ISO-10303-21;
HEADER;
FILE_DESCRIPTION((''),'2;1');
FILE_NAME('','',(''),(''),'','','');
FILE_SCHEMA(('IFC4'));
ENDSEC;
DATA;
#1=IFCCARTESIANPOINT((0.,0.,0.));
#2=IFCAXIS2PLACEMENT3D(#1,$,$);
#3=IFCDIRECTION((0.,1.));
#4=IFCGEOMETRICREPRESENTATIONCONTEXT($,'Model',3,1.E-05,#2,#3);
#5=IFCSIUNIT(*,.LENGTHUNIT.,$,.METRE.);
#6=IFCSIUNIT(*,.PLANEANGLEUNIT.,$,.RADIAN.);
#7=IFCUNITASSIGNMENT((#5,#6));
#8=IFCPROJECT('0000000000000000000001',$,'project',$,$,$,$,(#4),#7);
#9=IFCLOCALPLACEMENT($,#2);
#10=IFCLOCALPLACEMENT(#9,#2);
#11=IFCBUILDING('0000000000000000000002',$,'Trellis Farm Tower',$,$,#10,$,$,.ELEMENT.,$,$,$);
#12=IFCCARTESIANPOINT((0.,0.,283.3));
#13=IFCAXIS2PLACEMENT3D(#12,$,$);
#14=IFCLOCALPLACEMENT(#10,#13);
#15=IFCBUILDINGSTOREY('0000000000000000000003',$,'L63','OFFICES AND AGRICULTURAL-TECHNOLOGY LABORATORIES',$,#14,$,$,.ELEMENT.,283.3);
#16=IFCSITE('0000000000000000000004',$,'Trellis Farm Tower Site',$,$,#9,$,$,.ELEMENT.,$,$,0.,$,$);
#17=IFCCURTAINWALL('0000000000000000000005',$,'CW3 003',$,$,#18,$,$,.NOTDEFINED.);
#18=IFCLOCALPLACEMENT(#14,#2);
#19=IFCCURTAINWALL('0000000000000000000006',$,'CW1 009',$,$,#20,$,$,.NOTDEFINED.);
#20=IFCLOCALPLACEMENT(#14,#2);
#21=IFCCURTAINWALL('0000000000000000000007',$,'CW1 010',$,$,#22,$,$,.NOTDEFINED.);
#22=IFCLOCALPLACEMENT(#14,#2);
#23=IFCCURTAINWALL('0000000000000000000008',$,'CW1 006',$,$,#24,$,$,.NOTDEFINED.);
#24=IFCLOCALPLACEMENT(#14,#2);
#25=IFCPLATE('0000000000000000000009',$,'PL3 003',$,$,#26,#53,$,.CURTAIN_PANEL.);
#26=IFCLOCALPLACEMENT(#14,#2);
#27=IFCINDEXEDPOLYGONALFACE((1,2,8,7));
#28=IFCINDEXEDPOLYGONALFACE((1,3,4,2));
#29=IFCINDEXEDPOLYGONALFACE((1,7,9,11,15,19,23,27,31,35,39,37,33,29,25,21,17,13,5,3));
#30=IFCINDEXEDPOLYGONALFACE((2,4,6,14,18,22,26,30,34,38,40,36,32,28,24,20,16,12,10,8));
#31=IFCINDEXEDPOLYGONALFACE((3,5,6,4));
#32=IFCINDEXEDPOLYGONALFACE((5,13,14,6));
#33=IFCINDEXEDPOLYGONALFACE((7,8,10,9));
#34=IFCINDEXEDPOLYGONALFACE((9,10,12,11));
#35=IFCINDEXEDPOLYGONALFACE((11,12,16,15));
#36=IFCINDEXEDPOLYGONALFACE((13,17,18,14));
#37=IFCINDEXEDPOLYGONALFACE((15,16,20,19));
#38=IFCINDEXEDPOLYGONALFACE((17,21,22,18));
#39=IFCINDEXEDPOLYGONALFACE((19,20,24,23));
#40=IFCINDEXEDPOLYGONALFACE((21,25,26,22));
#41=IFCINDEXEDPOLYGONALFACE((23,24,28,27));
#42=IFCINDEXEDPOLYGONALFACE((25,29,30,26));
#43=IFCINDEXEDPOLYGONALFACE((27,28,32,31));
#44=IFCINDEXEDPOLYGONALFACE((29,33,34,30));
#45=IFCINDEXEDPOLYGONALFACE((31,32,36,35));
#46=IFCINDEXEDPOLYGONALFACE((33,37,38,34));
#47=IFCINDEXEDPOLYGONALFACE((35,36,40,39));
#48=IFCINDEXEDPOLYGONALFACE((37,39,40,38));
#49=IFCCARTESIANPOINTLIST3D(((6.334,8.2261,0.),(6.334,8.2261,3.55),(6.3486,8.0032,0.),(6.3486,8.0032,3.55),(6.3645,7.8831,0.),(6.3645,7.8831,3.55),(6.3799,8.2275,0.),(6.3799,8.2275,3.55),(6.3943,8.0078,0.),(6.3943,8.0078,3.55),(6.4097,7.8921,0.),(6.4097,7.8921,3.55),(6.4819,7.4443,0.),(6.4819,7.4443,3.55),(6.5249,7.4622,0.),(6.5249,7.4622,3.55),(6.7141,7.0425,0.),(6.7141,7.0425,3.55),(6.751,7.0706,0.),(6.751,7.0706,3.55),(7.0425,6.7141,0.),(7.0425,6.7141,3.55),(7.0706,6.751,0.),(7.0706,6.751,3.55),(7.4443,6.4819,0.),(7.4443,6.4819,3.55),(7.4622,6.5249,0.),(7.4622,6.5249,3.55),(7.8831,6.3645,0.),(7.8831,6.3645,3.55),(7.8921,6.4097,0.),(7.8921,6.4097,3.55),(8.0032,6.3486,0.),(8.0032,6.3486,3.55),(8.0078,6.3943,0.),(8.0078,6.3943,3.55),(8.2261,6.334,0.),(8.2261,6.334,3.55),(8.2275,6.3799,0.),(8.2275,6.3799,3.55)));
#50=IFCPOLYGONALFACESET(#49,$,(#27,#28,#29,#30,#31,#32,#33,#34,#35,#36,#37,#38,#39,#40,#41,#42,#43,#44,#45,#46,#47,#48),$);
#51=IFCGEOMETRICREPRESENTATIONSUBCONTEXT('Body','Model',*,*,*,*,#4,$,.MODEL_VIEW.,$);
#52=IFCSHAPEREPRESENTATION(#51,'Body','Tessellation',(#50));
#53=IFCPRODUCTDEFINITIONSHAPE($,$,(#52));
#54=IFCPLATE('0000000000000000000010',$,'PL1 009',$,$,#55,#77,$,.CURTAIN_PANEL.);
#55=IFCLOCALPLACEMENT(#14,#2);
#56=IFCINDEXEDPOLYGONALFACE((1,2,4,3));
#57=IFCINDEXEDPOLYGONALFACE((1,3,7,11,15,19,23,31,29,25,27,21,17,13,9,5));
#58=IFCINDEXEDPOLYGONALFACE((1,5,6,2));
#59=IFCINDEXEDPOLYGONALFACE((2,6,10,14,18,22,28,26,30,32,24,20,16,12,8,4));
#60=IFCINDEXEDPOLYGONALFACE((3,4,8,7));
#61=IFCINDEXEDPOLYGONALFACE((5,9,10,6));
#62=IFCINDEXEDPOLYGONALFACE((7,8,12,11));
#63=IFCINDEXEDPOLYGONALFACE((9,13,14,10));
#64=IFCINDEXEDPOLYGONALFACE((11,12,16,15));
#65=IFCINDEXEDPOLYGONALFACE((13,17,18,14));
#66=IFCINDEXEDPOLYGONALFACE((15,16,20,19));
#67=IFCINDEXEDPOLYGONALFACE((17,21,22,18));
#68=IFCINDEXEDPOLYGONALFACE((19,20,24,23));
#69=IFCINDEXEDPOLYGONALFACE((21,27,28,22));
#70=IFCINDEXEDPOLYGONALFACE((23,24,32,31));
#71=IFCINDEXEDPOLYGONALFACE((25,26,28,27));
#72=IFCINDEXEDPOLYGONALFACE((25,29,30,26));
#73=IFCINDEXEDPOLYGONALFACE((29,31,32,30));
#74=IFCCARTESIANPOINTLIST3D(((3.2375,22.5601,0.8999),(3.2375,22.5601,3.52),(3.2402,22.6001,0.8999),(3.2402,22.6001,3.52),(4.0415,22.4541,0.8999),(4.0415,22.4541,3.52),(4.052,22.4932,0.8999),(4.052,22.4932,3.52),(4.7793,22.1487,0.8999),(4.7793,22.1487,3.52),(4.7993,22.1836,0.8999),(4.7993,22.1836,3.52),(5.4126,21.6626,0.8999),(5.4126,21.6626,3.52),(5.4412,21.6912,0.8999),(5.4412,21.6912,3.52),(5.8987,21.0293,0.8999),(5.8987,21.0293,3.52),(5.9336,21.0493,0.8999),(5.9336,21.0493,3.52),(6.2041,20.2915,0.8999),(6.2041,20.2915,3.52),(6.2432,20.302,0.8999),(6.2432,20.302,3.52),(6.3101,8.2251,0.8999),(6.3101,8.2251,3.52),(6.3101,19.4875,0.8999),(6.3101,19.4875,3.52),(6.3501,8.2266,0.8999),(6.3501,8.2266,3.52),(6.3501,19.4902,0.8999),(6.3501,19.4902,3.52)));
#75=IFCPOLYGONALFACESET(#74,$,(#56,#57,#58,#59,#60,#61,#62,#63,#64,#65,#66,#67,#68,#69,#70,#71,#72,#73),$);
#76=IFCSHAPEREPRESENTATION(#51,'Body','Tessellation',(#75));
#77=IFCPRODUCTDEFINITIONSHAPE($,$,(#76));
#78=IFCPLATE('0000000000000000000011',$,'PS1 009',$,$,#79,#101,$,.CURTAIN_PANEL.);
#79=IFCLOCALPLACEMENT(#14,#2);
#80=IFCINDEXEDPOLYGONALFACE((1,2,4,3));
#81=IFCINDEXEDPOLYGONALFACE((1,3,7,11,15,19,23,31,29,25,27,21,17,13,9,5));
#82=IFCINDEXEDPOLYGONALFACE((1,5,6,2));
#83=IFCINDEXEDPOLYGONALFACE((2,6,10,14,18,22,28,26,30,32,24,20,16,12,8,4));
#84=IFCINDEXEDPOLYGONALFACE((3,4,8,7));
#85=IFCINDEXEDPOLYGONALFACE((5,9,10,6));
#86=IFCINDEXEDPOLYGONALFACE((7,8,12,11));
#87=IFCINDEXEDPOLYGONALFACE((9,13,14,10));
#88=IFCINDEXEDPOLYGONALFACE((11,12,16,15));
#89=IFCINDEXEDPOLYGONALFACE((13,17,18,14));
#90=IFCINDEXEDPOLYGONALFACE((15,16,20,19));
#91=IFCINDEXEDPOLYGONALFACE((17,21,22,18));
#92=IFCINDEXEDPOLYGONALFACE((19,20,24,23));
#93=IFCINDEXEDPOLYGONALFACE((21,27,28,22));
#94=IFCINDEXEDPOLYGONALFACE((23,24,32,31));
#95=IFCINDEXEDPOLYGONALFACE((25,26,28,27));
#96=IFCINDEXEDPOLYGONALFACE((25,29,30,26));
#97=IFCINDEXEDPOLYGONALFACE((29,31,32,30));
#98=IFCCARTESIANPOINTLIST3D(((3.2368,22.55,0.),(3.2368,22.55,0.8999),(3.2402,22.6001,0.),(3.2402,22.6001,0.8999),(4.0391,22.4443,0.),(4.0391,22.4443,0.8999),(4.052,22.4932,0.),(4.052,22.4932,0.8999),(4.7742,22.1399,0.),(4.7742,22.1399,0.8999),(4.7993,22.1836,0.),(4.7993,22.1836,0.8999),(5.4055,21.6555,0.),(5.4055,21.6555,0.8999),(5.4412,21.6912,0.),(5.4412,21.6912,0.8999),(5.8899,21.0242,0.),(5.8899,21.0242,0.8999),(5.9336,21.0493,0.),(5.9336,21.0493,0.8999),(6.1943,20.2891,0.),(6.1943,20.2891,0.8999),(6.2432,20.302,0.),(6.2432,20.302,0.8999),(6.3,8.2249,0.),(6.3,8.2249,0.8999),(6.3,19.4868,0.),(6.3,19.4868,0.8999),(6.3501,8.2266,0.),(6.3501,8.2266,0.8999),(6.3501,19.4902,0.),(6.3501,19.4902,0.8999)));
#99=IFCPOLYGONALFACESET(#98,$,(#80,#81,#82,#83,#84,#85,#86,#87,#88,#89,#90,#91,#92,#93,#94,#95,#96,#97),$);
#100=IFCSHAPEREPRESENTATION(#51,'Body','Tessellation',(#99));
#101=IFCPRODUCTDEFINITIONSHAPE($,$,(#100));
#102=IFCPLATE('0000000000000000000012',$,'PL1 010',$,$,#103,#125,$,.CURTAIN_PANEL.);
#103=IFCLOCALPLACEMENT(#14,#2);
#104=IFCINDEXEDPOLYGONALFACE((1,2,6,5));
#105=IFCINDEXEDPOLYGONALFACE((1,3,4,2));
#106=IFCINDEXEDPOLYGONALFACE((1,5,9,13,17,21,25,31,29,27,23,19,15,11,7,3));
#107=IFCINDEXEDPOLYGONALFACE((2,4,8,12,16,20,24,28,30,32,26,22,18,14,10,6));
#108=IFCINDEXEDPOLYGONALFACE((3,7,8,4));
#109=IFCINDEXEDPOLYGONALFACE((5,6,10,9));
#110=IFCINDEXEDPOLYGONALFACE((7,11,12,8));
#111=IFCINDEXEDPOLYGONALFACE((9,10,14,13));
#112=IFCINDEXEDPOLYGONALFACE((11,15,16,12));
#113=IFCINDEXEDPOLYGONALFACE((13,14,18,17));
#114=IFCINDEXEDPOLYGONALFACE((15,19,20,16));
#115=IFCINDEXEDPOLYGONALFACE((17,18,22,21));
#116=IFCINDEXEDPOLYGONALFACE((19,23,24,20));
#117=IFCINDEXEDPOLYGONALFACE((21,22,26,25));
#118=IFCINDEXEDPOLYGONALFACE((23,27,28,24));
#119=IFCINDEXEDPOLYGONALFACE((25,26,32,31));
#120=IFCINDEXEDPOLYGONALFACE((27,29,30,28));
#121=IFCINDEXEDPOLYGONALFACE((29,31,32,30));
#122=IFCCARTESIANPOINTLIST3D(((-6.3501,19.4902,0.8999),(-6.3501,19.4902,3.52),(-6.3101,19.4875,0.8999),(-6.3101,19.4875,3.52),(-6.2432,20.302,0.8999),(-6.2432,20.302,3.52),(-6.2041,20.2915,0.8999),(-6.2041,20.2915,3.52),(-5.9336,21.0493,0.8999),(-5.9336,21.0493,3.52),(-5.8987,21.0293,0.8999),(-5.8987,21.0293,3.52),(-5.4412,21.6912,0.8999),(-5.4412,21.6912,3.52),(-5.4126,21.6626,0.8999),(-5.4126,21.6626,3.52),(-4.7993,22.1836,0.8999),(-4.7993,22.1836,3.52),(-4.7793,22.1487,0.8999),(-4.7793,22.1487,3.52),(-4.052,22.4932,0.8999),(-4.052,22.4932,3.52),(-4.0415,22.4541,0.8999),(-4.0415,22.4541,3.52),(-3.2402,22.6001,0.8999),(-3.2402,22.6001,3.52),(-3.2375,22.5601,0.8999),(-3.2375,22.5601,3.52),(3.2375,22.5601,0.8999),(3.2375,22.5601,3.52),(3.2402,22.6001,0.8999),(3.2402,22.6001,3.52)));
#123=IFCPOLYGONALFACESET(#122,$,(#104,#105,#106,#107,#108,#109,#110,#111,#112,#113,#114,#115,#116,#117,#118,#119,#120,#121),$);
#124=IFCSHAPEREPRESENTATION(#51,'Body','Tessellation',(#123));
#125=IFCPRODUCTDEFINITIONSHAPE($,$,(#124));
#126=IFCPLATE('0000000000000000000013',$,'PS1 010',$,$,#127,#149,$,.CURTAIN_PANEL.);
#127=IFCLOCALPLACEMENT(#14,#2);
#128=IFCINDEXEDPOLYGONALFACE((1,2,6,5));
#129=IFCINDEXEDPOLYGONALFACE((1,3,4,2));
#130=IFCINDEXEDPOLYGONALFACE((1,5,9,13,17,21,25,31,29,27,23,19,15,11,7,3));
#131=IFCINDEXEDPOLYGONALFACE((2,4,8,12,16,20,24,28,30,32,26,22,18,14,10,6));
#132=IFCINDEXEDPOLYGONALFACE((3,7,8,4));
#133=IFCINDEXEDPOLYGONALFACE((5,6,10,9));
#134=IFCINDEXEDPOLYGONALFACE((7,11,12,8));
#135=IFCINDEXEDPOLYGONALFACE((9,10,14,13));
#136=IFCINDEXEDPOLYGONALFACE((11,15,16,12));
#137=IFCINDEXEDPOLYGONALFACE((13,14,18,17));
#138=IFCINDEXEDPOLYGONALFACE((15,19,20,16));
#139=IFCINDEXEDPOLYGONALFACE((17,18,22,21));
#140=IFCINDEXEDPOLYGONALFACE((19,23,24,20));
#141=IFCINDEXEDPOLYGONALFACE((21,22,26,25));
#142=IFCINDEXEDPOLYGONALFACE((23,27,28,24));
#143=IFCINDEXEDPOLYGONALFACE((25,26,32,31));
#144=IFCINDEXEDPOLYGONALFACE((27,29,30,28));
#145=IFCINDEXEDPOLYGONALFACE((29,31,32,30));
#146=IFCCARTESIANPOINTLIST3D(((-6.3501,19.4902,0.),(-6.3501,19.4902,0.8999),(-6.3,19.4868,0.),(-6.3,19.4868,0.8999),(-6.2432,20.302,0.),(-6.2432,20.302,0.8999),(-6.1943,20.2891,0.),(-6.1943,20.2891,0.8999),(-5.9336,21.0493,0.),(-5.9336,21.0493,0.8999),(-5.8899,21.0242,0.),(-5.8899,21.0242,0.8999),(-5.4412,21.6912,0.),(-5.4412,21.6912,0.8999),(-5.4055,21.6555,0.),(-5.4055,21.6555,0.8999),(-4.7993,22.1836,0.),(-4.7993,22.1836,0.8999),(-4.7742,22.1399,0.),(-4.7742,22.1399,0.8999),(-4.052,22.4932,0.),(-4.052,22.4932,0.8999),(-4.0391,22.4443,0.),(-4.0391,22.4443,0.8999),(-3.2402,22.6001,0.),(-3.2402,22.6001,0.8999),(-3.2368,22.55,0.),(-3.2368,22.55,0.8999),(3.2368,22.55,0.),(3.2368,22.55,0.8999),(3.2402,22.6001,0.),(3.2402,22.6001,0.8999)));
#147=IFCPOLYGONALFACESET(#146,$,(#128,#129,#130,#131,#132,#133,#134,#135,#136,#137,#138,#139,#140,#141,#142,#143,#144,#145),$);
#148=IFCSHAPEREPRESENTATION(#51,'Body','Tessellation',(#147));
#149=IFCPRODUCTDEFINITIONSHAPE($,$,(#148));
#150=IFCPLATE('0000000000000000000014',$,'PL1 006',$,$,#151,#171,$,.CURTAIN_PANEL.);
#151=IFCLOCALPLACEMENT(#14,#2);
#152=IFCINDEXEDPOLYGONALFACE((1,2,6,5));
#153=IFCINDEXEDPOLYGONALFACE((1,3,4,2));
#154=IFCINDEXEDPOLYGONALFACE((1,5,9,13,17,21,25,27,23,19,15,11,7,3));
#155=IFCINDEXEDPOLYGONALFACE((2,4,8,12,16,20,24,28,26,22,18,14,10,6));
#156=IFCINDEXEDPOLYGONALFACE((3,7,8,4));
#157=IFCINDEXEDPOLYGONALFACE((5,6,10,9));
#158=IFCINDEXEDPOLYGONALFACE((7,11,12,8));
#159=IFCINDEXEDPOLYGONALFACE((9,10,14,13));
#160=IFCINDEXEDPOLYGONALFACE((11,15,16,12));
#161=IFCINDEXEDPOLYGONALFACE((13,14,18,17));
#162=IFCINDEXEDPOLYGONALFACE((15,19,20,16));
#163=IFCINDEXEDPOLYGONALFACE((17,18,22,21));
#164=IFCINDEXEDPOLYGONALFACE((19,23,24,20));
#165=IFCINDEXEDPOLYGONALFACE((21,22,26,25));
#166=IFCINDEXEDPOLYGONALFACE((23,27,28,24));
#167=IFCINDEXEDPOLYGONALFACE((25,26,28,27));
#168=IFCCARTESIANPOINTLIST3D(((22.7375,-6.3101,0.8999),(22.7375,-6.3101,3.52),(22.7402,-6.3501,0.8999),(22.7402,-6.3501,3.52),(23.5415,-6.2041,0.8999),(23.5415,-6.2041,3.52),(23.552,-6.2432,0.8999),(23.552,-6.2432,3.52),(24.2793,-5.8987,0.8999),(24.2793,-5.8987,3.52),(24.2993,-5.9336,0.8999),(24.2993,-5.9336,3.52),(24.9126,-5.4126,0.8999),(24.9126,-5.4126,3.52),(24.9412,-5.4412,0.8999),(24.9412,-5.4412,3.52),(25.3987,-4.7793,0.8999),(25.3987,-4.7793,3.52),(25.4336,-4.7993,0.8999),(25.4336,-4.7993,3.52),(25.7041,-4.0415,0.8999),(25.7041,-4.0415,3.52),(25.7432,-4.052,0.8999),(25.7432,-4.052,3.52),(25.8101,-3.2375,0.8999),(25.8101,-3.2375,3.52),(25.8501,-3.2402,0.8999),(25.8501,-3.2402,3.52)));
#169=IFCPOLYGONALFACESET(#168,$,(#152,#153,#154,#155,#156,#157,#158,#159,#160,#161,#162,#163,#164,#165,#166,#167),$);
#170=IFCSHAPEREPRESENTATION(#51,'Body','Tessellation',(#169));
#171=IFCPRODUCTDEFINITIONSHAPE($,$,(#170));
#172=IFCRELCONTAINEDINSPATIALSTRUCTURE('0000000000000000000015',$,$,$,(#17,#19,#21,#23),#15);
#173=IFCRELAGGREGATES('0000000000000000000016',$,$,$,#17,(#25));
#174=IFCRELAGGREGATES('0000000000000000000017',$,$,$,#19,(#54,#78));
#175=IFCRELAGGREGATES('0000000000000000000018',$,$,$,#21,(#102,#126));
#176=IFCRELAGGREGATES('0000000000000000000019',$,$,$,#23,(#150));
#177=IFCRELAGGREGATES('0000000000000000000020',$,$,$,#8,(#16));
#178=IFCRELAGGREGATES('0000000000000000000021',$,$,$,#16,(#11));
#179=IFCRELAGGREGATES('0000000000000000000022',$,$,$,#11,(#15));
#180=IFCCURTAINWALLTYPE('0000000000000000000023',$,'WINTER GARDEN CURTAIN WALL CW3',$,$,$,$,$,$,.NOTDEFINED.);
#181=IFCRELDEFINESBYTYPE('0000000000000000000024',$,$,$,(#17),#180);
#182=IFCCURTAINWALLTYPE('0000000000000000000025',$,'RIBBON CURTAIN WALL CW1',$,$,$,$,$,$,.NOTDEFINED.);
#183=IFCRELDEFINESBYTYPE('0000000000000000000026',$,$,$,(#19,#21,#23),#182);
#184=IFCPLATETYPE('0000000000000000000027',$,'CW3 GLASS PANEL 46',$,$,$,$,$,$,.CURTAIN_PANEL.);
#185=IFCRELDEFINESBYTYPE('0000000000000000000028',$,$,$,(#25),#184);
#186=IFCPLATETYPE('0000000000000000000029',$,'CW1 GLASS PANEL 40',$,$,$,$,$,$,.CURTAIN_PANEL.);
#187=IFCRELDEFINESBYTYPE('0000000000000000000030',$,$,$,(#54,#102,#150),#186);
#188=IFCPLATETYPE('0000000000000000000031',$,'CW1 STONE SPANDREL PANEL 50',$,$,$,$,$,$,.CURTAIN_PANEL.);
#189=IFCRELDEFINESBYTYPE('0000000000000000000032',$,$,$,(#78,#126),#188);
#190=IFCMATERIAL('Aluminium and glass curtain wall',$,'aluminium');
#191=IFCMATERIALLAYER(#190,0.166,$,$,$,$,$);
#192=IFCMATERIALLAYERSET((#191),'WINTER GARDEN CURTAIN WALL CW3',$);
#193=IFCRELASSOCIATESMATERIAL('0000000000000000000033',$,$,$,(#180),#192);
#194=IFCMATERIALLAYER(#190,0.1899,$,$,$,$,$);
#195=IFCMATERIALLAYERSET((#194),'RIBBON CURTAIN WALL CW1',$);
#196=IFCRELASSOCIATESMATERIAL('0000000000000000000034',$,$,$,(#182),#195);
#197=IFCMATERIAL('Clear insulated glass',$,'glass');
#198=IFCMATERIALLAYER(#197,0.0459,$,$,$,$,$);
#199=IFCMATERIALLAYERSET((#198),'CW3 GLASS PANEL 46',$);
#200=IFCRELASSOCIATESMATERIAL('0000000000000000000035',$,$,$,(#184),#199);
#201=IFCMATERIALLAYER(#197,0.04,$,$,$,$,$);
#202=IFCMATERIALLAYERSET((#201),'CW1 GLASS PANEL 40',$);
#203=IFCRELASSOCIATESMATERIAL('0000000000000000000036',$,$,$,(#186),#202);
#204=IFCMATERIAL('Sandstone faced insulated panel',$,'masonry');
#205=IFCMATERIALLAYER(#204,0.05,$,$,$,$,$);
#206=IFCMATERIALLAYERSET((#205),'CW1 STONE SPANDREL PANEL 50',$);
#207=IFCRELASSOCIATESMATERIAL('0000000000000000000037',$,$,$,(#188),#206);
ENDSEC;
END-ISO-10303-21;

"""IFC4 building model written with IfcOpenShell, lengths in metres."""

from ifc_helpers import new_model, si_unit, direction, frame, origin, place, context, subcontext, project, spatial, polyline, outline, extrude, source, transform, mapped, material, layer, layer_set, type_object, element, aggregate, save


model = new_model("IFC4")

# Units and contexts
model_context = context("Model", 3, precision=1e-05, world=origin(), true_north=direction((0.0, 1.0)))
body_context = subcontext(model_context, "Body", "Model", "MODEL_VIEW")
ifc_project = project(units=[si_unit("LENGTHUNIT", "METRE"), si_unit("PLANEANGLEUNIT", "RADIAN")], contexts=[model_context])

# Site, building, storey
site_placement = place(None, origin())
site = spatial("IfcSite", under=ifc_project, at=site_placement, Name="Trellis Farm Tower Site", CompositionType="ELEMENT", RefElevation=0.0)
building_placement = place(site_placement, origin())
building = spatial("IfcBuilding", under=site, at=building_placement, Name="Trellis Farm Tower", CompositionType="ELEMENT")
storey_placement = place(building_placement, frame((0.0, 0.0, 283.3)))
storey = spatial("IfcBuildingStorey", under=building, at=storey_placement, Name="L63", Description="OFFICES AND AGRICULTURAL-TECHNOLOGY LABORATORIES", CompositionType="ELEMENT", Elevation=283.3)

# Curtain walls
ifc_material_1 = material(Name="Aluminium and glass curtain wall", Category="aluminium")
ifc_layer_1 = layer(ifc_material_1, 0.166)
ifc_layer_set_1 = layer_set([ifc_layer_1], Name="WINTER GARDEN CURTAIN WALL CW3")
curtain_wall_type_1 = type_object("IfcCurtainWallType", Name="WINTER GARDEN CURTAIN WALL CW3", PredefinedType="NOTDEFINED", material=ifc_layer_set_1)
placement_1 = place(storey_placement, origin())
curtain_wall_1 = element("IfcCurtainWall", 1, at=placement_1, inside=storey, type_object=curtain_wall_type_1, Name="CW3 003", PredefinedType="NOTDEFINED")
ifc_layer_2 = layer(ifc_material_1, 0.1899)
ifc_layer_set_2 = layer_set([ifc_layer_2], Name="RIBBON CURTAIN WALL CW1")
curtain_wall_type_2 = type_object("IfcCurtainWallType", Name="RIBBON CURTAIN WALL CW1", PredefinedType="NOTDEFINED", material=ifc_layer_set_2)
curtain_wall_2 = element("IfcCurtainWall", 2, at=placement_1, inside=storey, type_object=curtain_wall_type_2, Name="CW1 009", PredefinedType="NOTDEFINED")
curtain_wall_3 = element("IfcCurtainWall", 3, at=placement_1, inside=storey, type_object=curtain_wall_type_2, Name="CW1 010", PredefinedType="NOTDEFINED")
curtain_wall_4 = element("IfcCurtainWall", 4, at=placement_1, inside=storey, type_object=curtain_wall_type_2, Name="CW1 006", PredefinedType="NOTDEFINED")

# Plates
ifc_material_2 = material(Name="Clear insulated glass", Category="glass")
ifc_layer_3 = layer(ifc_material_2, 0.0459)
ifc_layer_set_3 = layer_set([ifc_layer_3], Name="CW3 GLASS PANEL 46")
plate_type_1 = type_object("IfcPlateType", Name="CW3 GLASS PANEL 46", PredefinedType="CURTAIN_PANEL", material=ifc_layer_set_3)
shared_shape_1 = source(origin(), body_context, "Body", "SweptSolid", [
    extrude(outline(polyline([(8.2275, 6.3799), (8.0078, 6.3943), (7.8921, 6.4097), (7.4622, 6.5249), (7.0706, 6.751), (6.751, 7.0706), (6.5249, 7.4622), (6.4097, 7.8921), (6.3943, 8.0078), (6.3799, 8.2275), (6.334, 8.2261), (6.3486, 8.0032), (6.3645, 7.8831), (6.4819, 7.4443), (6.7141, 7.0425), (7.0425, 6.7141), (7.4443, 6.4819), (7.8831, 6.3645), (8.0032, 6.3486), (8.2261, 6.334), (8.2275, 6.3799)])), origin(), (0.0, 0.0, 1.0), 3.55),
])
plate_1 = element("IfcPlate", 5, at=placement_1, type_object=plate_type_1, Name="PL3 003", PredefinedType="CURTAIN_PANEL", context=body_context, shape_type="MappedRepresentation", body=[
    mapped(shared_shape_1, transform((0.0, 0.0, 0.0))),
])
aggregate(curtain_wall_1, [plate_1])
ifc_layer_4 = layer(ifc_material_2, 0.04)
ifc_layer_set_4 = layer_set([ifc_layer_4], Name="CW1 GLASS PANEL 40")
plate_type_2 = type_object("IfcPlateType", Name="CW1 GLASS PANEL 40", PredefinedType="CURTAIN_PANEL", material=ifc_layer_set_4)
shared_shape_2 = source(origin(), body_context, "Body", "SweptSolid", [
    extrude(outline(polyline([(6.3501, 8.2266), (6.3501, 19.4902), (6.2432, 20.302), (5.9336, 21.0493), (5.4412, 21.6912), (4.7993, 22.1836), (4.052, 22.4932), (3.2402, 22.6001), (3.2375, 22.5601), (4.0415, 22.4541), (4.7793, 22.1487), (5.4126, 21.6626), (5.8987, 21.0293), (6.2041, 20.2915), (6.3101, 19.4875), (6.3101, 8.2251), (6.3501, 8.2266)])), origin(), (0.0, 0.0, 1.0), 2.6201),
])
placement_2 = place(storey_placement, frame((0.0, 0.0, 0.8999)))
plate_2 = element("IfcPlate", 6, at=placement_2, type_object=plate_type_2, Name="PL1 009", PredefinedType="CURTAIN_PANEL", context=body_context, shape_type="MappedRepresentation", body=[
    mapped(shared_shape_2, transform((0.0, 0.0, 0.0))),
])
ifc_material_3 = material(Name="Sandstone faced insulated panel", Category="masonry")
ifc_layer_5 = layer(ifc_material_3, 0.05)
ifc_layer_set_5 = layer_set([ifc_layer_5], Name="CW1 STONE SPANDREL PANEL 50")
plate_type_3 = type_object("IfcPlateType", Name="CW1 STONE SPANDREL PANEL 50", PredefinedType="CURTAIN_PANEL", material=ifc_layer_set_5)
shared_shape_3 = source(origin(), body_context, "Body", "SweptSolid", [
    extrude(outline(polyline([(6.3501, 8.2266), (6.3501, 19.4902), (6.2432, 20.302), (5.9336, 21.0493), (5.4412, 21.6912), (4.7993, 22.1836), (4.052, 22.4932), (3.2402, 22.6001), (3.2368, 22.55), (4.0391, 22.4443), (4.7742, 22.1399), (5.4055, 21.6555), (5.8899, 21.0242), (6.1943, 20.2891), (6.3, 19.4868), (6.3, 8.2249), (6.3501, 8.2266)])), origin(), (0.0, 0.0, 1.0), 0.8999),
])
plate_3 = element("IfcPlate", 7, at=placement_1, type_object=plate_type_3, Name="PS1 009", PredefinedType="CURTAIN_PANEL", context=body_context, shape_type="MappedRepresentation", body=[
    mapped(shared_shape_3, transform((0.0, 0.0, 0.0))),
])
aggregate(curtain_wall_2, [plate_2, plate_3])
shared_shape_4 = source(origin(), body_context, "Body", "SweptSolid", [
    extrude(outline(polyline([(3.2402, 22.6001), (-3.2402, 22.6001), (-4.052, 22.4932), (-4.7993, 22.1836), (-5.4412, 21.6912), (-5.9336, 21.0493), (-6.2432, 20.302), (-6.3501, 19.4902), (-6.3101, 19.4875), (-6.2041, 20.2915), (-5.8987, 21.0293), (-5.4126, 21.6626), (-4.7793, 22.1487), (-4.0415, 22.4541), (-3.2375, 22.5601), (3.2375, 22.5601), (3.2402, 22.6001)])), origin(), (0.0, 0.0, 1.0), 2.6201),
])
plate_4 = element("IfcPlate", 8, at=placement_2, type_object=plate_type_2, Name="PL1 010", PredefinedType="CURTAIN_PANEL", context=body_context, shape_type="MappedRepresentation", body=[
    mapped(shared_shape_4, transform((0.0, 0.0, 0.0))),
])
shared_shape_5 = source(origin(), body_context, "Body", "SweptSolid", [
    extrude(outline(polyline([(3.2402, 22.6001), (-3.2402, 22.6001), (-4.052, 22.4932), (-4.7993, 22.1836), (-5.4412, 21.6912), (-5.9336, 21.0493), (-6.2432, 20.302), (-6.3501, 19.4902), (-6.3, 19.4868), (-6.1943, 20.2891), (-5.8899, 21.0242), (-5.4055, 21.6555), (-4.7742, 22.1399), (-4.0391, 22.4443), (-3.2368, 22.55), (3.2368, 22.55), (3.2402, 22.6001)])), origin(), (0.0, 0.0, 1.0), 0.8999),
])
plate_5 = element("IfcPlate", 9, at=placement_1, type_object=plate_type_3, Name="PS1 010", PredefinedType="CURTAIN_PANEL", context=body_context, shape_type="MappedRepresentation", body=[
    mapped(shared_shape_5, transform((0.0, 0.0, 0.0))),
])
aggregate(curtain_wall_3, [plate_4, plate_5])
shared_shape_6 = source(origin(), body_context, "Body", "SweptSolid", [
    extrude(outline(polyline([(22.7402, -6.3501), (23.552, -6.2432), (24.2993, -5.9336), (24.9412, -5.4412), (25.4336, -4.7993), (25.7432, -4.052), (25.8501, -3.2402), (25.8101, -3.2375), (25.7041, -4.0415), (25.3987, -4.7793), (24.9126, -5.4126), (24.2793, -5.8987), (23.5415, -6.2041), (22.7375, -6.3101), (22.7402, -6.3501)])), origin(), (0.0, 0.0, 1.0), 2.6201),
])
plate_6 = element("IfcPlate", 10, at=placement_2, type_object=plate_type_2, Name="PL1 006", PredefinedType="CURTAIN_PANEL", context=body_context, shape_type="MappedRepresentation", body=[
    mapped(shared_shape_6, transform((0.0, 0.0, 0.0))),
])
aggregate(curtain_wall_4, [plate_6])

save(model, "model.ifc")
